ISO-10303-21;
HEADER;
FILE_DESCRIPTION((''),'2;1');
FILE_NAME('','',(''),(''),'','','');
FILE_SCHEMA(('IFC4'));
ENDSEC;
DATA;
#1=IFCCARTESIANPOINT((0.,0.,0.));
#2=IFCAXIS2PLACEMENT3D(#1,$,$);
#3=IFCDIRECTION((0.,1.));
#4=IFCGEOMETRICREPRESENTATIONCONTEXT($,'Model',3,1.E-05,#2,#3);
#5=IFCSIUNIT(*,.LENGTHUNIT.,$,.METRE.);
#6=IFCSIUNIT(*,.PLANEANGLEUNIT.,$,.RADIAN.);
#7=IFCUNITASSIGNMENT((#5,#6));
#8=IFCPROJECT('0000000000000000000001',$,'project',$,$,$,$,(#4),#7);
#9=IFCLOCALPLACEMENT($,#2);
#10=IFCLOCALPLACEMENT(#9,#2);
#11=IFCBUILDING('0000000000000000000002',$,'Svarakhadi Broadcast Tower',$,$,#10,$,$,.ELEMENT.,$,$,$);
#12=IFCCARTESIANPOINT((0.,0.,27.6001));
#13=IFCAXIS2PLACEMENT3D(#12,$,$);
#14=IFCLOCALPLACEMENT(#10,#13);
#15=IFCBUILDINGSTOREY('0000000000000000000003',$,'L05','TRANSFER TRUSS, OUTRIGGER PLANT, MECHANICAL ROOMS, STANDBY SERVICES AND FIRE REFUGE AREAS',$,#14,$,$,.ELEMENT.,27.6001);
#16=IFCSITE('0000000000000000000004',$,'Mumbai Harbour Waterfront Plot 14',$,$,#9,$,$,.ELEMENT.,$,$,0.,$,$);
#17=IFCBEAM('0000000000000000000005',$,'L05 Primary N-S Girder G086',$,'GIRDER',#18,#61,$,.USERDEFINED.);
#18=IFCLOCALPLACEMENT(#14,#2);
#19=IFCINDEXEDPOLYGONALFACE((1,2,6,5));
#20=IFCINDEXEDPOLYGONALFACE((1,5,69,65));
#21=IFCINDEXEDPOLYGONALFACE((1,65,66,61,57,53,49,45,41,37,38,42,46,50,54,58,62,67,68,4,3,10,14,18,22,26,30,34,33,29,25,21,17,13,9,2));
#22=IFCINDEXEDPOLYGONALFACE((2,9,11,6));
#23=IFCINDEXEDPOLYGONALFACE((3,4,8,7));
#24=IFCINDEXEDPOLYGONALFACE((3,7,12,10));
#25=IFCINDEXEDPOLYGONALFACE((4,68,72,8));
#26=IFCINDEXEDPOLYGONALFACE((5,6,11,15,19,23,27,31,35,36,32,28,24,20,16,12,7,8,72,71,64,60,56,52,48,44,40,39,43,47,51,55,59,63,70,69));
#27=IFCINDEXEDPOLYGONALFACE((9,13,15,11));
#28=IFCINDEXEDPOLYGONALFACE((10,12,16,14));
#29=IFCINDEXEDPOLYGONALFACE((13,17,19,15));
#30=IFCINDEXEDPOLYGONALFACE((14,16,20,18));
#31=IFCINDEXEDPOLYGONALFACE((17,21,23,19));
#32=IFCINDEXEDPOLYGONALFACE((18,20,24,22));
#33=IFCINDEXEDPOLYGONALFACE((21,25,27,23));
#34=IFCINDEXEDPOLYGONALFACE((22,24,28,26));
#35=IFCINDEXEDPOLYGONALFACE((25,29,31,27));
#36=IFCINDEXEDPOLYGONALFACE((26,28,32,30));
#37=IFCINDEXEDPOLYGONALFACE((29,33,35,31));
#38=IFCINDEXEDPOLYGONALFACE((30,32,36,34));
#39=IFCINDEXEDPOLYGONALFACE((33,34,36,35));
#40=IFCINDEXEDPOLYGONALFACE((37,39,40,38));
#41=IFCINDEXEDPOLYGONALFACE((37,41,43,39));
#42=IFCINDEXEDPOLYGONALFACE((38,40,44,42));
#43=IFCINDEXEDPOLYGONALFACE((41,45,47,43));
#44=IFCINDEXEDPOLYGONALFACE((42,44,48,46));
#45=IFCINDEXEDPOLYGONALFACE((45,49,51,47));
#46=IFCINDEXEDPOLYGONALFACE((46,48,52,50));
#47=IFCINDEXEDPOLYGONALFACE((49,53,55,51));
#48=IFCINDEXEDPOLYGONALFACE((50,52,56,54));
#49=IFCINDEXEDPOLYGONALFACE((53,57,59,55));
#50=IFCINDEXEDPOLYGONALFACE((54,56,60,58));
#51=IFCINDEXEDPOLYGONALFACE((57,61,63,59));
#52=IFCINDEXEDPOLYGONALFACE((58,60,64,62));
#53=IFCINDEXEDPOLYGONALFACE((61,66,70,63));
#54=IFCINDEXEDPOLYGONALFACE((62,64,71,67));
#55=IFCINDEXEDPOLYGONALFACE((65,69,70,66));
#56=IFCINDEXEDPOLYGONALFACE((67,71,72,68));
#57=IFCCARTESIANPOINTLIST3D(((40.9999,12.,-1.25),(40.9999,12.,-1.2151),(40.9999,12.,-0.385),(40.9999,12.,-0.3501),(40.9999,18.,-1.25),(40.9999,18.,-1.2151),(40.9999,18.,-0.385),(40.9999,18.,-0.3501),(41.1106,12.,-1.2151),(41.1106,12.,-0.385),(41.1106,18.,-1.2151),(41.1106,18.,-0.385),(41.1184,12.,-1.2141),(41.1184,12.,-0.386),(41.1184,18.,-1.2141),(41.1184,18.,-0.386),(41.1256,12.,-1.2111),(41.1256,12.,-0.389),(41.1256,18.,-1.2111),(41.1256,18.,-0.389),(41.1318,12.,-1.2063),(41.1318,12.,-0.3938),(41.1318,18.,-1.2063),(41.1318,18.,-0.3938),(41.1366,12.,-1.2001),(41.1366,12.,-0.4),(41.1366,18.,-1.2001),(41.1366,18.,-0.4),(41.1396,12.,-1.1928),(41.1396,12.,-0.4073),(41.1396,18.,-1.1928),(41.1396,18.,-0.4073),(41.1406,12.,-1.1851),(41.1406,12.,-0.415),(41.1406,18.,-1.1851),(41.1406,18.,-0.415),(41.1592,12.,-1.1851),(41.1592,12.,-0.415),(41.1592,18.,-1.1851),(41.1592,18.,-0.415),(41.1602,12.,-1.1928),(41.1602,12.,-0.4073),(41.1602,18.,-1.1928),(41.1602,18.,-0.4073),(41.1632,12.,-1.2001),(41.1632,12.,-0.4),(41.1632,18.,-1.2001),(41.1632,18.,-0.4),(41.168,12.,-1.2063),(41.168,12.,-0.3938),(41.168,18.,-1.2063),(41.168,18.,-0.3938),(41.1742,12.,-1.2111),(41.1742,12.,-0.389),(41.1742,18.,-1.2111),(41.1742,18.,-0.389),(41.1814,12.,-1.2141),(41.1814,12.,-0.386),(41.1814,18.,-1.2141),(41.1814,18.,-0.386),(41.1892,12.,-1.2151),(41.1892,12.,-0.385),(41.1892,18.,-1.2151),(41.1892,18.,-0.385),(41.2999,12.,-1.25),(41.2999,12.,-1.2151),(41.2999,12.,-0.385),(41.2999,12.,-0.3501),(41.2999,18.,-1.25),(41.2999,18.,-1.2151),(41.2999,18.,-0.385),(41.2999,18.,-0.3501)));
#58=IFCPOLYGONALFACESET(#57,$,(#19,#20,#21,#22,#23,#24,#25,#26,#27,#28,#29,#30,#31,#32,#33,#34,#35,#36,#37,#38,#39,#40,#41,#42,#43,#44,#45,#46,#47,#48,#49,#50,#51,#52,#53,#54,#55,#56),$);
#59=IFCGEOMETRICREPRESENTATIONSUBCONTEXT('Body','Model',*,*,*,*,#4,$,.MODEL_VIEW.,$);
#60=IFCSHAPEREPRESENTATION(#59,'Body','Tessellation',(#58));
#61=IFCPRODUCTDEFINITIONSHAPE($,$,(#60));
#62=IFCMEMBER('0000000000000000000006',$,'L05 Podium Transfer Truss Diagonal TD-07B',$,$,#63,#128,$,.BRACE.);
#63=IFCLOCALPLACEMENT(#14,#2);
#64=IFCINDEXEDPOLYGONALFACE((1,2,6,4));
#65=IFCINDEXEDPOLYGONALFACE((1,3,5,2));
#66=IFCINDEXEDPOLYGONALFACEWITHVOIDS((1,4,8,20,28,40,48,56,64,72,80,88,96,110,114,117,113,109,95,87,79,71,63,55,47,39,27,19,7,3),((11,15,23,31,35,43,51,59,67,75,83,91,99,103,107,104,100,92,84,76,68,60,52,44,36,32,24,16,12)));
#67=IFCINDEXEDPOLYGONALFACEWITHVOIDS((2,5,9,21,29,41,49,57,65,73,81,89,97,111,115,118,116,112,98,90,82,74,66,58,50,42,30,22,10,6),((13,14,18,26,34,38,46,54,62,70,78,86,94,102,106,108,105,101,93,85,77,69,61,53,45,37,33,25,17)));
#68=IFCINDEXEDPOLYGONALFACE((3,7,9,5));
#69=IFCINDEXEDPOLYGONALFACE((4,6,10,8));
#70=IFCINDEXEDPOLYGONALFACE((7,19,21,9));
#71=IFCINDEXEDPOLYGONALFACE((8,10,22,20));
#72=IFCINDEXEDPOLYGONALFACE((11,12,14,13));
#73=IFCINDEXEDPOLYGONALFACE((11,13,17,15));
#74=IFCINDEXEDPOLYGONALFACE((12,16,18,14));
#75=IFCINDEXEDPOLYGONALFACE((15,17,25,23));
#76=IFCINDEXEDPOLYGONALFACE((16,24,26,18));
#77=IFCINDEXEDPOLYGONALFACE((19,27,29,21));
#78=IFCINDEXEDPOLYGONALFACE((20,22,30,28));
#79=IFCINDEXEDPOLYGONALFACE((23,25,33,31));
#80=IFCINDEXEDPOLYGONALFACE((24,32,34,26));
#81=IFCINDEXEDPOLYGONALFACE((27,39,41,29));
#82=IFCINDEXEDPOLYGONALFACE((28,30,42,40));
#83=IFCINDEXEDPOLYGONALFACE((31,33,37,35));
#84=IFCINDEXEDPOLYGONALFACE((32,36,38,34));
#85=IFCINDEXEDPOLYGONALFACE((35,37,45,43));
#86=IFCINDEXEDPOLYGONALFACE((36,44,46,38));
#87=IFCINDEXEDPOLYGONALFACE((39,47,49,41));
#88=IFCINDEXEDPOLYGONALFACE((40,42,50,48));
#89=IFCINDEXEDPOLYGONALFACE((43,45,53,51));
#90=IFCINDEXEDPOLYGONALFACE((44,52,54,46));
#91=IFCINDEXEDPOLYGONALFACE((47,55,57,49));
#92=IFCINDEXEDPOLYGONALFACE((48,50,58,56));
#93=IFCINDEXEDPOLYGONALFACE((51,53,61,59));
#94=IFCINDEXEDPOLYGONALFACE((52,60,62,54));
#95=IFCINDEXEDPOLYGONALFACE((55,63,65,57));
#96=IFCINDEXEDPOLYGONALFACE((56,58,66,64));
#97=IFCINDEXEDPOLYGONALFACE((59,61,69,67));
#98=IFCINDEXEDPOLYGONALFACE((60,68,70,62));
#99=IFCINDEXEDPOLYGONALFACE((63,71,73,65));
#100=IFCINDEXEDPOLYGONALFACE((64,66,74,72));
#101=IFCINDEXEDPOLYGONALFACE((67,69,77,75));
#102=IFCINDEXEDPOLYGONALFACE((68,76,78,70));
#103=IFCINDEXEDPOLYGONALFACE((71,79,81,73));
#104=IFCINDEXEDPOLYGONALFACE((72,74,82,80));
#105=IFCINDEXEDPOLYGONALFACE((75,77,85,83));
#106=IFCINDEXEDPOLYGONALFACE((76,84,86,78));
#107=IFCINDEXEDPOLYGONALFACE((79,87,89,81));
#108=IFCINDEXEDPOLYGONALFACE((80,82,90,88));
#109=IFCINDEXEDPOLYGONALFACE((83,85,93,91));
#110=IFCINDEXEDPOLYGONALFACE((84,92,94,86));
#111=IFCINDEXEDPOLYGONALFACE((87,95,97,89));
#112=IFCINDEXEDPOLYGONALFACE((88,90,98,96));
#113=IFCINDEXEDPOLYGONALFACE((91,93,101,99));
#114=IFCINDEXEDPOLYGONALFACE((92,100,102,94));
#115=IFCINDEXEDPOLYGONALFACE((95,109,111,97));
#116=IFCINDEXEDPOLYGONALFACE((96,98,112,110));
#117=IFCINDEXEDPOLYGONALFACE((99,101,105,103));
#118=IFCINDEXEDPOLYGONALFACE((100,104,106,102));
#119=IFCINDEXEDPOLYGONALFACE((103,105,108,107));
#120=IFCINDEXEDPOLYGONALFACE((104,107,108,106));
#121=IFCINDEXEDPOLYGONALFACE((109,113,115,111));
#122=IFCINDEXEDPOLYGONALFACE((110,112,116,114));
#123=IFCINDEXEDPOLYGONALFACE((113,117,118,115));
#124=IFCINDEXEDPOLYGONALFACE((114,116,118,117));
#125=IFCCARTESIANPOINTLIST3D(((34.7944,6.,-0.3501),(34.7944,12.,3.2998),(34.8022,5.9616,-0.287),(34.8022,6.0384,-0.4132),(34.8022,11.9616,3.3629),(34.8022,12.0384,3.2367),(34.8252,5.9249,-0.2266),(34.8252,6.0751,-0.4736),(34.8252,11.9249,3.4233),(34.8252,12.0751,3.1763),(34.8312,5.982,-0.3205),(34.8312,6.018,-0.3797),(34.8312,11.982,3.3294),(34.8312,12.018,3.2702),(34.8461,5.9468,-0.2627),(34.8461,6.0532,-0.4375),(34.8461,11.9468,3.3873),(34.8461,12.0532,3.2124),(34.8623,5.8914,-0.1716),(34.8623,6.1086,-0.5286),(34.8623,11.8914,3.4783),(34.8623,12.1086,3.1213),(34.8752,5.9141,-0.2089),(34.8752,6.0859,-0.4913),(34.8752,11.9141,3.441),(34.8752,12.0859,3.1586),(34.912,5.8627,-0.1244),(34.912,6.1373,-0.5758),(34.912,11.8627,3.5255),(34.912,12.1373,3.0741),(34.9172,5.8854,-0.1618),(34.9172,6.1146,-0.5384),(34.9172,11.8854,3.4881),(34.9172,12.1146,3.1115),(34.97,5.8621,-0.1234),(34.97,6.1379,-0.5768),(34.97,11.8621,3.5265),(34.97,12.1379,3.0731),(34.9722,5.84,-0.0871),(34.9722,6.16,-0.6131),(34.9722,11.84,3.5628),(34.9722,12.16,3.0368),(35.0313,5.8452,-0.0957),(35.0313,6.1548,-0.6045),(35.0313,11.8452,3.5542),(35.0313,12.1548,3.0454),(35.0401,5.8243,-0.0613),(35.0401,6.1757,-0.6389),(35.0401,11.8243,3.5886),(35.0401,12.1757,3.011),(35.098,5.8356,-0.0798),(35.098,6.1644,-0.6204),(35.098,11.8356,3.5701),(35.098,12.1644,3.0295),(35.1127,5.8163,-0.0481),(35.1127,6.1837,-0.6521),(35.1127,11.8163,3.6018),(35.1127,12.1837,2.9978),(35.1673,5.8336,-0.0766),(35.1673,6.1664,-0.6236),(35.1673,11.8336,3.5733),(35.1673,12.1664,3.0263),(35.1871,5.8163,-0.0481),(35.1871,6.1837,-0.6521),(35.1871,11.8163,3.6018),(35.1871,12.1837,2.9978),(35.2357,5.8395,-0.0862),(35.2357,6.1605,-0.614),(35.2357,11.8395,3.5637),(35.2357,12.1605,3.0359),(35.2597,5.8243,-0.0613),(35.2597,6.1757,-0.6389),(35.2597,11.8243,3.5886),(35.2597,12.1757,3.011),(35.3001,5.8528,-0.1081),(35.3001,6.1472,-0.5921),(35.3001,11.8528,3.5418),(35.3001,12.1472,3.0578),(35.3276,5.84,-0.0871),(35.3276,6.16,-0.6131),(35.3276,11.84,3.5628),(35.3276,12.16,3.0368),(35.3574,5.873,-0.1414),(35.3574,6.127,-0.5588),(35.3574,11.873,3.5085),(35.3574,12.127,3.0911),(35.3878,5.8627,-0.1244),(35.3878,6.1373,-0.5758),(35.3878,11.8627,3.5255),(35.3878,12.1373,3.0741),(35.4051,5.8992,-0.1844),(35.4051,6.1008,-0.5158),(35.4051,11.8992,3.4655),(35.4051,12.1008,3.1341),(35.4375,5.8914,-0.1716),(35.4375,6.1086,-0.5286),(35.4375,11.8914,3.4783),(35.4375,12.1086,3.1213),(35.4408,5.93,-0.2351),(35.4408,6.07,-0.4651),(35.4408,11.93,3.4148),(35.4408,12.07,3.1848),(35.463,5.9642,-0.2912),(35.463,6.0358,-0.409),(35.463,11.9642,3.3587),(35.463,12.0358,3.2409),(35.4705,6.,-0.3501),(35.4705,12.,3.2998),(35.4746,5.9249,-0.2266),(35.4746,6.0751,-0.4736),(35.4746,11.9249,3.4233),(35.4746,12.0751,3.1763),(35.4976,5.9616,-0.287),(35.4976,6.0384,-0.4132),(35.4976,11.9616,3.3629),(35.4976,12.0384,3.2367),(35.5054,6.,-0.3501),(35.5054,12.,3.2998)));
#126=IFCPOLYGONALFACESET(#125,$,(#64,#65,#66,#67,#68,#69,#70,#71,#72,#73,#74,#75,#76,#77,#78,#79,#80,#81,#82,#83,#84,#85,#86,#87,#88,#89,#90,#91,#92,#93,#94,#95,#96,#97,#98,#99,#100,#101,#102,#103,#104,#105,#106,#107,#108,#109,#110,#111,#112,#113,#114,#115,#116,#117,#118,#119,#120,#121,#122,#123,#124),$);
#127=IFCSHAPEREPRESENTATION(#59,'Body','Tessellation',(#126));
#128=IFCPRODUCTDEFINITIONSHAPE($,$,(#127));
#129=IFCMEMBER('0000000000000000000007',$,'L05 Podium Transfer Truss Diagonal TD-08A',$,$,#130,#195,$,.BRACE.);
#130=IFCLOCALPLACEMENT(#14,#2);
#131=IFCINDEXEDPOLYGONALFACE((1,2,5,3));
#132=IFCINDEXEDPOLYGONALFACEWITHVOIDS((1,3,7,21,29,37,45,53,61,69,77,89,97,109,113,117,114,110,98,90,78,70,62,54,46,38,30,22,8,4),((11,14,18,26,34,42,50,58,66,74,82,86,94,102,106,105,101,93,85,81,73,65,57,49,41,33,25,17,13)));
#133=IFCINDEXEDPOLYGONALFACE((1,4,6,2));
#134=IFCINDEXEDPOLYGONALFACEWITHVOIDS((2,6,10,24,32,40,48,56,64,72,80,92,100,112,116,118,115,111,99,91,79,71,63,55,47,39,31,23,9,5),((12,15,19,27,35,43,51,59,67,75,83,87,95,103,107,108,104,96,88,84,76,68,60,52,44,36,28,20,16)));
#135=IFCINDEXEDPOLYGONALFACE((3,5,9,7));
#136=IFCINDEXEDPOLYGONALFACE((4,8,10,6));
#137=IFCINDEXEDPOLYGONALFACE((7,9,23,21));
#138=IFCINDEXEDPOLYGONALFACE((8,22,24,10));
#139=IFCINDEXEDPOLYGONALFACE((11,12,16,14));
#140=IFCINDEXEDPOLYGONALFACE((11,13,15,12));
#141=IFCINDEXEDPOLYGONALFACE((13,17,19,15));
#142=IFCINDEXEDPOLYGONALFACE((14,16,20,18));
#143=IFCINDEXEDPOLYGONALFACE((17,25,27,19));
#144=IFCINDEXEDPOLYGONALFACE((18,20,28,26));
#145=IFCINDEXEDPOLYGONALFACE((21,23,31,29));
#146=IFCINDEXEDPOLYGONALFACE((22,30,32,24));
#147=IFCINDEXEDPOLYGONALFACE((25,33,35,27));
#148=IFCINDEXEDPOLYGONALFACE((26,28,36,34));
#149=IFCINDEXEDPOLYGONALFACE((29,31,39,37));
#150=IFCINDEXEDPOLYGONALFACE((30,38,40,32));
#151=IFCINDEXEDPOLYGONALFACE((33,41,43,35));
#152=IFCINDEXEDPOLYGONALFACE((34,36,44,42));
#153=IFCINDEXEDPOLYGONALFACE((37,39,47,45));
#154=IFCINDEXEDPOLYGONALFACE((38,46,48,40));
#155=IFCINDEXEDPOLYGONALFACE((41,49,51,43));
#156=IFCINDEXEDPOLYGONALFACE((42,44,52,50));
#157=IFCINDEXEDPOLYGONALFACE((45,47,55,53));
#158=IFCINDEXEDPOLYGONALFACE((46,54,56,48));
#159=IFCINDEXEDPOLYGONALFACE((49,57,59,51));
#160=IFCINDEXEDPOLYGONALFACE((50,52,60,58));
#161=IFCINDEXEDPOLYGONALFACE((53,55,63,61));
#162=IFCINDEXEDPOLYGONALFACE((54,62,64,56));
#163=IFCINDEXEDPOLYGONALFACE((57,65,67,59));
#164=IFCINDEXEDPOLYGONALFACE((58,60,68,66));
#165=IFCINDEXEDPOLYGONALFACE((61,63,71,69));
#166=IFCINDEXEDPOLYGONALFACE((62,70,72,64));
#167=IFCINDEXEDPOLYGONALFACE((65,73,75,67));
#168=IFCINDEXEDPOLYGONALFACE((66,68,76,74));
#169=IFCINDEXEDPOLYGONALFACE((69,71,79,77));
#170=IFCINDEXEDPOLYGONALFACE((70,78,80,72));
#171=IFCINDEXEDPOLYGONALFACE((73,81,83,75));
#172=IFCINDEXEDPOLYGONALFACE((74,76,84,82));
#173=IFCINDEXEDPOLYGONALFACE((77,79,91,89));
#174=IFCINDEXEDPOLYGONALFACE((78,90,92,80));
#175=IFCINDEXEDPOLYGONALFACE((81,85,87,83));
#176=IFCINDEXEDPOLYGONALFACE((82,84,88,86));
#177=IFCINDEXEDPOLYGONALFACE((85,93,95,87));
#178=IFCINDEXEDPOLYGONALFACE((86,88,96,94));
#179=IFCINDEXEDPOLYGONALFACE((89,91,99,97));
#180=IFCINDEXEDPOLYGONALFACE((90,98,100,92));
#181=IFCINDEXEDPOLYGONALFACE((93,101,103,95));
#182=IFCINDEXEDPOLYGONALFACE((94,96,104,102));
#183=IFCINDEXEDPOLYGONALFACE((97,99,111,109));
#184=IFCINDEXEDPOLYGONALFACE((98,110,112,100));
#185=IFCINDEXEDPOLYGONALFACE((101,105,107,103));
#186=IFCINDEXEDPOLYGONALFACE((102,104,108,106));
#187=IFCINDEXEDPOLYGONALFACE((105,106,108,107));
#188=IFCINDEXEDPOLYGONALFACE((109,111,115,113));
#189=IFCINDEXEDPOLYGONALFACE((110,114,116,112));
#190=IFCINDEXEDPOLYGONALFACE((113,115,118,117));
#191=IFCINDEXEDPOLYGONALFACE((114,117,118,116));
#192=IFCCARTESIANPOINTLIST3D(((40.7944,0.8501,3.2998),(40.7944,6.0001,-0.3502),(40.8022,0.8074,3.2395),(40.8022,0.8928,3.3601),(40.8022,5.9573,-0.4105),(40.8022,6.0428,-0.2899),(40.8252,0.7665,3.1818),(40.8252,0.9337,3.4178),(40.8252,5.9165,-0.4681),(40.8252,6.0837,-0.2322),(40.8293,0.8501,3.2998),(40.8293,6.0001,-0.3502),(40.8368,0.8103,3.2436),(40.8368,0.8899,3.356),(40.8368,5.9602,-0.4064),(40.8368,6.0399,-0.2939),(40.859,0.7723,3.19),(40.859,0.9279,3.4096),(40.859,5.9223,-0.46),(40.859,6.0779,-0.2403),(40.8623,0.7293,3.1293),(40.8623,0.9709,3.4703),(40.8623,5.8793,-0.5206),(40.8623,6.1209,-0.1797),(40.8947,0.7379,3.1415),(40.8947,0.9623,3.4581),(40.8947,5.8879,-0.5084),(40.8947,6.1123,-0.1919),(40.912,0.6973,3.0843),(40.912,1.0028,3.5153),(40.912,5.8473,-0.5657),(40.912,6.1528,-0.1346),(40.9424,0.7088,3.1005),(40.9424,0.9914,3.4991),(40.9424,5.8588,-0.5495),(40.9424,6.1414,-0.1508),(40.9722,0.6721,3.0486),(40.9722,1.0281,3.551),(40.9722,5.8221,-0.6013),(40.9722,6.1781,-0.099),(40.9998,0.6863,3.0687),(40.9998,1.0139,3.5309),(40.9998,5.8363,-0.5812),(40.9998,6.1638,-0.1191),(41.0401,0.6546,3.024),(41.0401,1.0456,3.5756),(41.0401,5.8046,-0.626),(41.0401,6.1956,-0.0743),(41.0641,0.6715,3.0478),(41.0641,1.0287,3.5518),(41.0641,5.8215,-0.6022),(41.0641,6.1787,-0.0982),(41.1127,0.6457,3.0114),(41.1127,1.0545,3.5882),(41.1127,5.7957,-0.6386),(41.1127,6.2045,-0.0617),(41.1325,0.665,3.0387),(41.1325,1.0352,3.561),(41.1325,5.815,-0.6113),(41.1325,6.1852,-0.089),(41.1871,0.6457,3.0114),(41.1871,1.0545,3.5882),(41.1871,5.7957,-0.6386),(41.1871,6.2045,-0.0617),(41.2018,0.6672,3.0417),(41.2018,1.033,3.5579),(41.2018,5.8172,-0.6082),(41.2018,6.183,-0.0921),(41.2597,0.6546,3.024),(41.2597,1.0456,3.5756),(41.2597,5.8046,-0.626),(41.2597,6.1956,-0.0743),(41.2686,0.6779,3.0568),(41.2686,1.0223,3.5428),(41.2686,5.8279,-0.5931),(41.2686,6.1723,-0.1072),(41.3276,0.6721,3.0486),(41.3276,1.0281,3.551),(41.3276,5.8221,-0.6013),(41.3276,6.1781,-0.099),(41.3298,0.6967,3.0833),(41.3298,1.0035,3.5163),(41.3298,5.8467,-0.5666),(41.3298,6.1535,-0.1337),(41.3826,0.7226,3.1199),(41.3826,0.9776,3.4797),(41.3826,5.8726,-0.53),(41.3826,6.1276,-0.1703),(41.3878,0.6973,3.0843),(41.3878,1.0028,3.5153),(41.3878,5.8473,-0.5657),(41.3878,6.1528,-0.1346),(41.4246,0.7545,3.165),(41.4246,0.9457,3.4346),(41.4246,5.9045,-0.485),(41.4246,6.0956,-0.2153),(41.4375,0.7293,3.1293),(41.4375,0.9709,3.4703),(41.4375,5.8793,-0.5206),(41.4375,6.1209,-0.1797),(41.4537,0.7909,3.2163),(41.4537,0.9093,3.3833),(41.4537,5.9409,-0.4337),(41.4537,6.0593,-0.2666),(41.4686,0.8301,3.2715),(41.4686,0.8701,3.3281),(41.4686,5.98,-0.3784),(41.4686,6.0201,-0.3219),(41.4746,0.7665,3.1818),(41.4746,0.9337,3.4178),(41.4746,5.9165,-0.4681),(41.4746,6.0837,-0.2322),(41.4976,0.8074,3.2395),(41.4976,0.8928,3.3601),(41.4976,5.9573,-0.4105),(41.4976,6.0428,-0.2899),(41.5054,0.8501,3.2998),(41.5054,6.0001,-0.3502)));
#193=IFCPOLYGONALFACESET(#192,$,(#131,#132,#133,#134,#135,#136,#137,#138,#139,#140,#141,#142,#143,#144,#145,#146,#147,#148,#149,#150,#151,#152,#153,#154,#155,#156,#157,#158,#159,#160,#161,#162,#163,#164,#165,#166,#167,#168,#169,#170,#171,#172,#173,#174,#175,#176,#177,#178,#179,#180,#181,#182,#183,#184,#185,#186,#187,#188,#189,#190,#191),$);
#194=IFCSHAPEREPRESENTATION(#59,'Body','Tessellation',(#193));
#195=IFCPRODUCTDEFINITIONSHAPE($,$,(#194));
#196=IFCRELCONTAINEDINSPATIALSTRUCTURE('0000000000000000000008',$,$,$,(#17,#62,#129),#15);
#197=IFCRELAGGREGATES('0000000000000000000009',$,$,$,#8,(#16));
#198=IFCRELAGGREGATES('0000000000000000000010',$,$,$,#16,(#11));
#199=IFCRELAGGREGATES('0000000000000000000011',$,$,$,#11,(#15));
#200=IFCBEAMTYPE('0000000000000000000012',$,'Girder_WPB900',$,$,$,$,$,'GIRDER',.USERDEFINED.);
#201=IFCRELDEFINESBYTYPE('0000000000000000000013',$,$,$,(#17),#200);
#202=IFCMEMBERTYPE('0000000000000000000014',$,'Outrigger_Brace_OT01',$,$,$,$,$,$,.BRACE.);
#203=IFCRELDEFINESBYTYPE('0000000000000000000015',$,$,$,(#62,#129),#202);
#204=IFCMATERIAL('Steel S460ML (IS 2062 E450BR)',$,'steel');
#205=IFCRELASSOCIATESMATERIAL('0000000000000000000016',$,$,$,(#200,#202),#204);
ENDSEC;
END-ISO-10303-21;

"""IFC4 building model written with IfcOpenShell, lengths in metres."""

from ifc_helpers import new_model, si_unit, direction, frame, origin, origin_2d, place, context, subcontext, project, spatial, hollow_circle, i_section, extrude, material, material_profile, profile_set, type_object, element, save


model = new_model("IFC4")

# Units and contexts
model_context = context("Model", 3, precision=1e-05, world=origin(), true_north=direction((0.0, 1.0)))
body_context = subcontext(model_context, "Body", "Model", "MODEL_VIEW")
ifc_project = project(units=[si_unit("LENGTHUNIT", "METRE"), si_unit("PLANEANGLEUNIT", "RADIAN")], contexts=[model_context])

# Site, building, storey
site_placement = place(None, origin())
site = spatial("IfcSite", under=ifc_project, at=site_placement, Name="Mumbai Harbour Waterfront Plot 14", CompositionType="ELEMENT", RefElevation=0.0)
building_placement = place(site_placement, origin())
building = spatial("IfcBuilding", under=site, at=building_placement, Name="Svarakhadi Broadcast Tower", CompositionType="ELEMENT")
storey_placement = place(building_placement, frame((0.0, 0.0, 27.6001)))
storey = spatial("IfcBuildingStorey", under=building, at=storey_placement, Name="L05", Description="TRANSFER TRUSS, OUTRIGGER PLANT, MECHANICAL ROOMS, STANDBY SERVICES AND FIRE REFUGE AREAS", CompositionType="ELEMENT", Elevation=27.6001)

# Shared definitions
ifc_material_1 = material(Name="Steel S460ML (IS 2062 E450BR)", Category="steel")

# Beam
ifc_material_profile_1 = material_profile(ifc_material_1, i_section(OverallWidth=0.3, OverallDepth=0.8999, WebThickness=0.0186, FlangeThickness=0.0349, FilletRadius=0.03, at=origin_2d()), Name="WPB 900x300x291")
ifc_profile_set_1 = profile_set([ifc_material_profile_1], Name="Steel S460ML (IS 2062 E450BR)")
beam_type_1 = type_object("IfcBeamType", Name="Girder_WPB900", ElementType="GIRDER", PredefinedType="USERDEFINED", material=ifc_profile_set_1)
for number, where, z_axis, x_axis, name in (
    (1, (41.1499, 12.0, -0.8), (0.0, 1.0, 0.0), (-1.0, 0.0, 0.0), "L05 Primary N-S Girder G086"),
):
    element("IfcBeam", number, at=place(storey_placement, frame(where, z_axis=z_axis, x_axis=x_axis)), inside=storey, type_object=beam_type_1, Name=name, ObjectType="GIRDER", PredefinedType="USERDEFINED", context=body_context, shape_type="SweptSolid", body=[
        extrude(i_section(OverallWidth=0.3, OverallDepth=0.8999, WebThickness=0.0186, FlangeThickness=0.0349, FilletRadius=0.03, at=origin_2d()), origin(), (0.0, 0.0, 1.0), 6.0),
    ])

# Members
ifc_material_profile_2 = material_profile(ifc_material_1, hollow_circle(Radius=0.3555, WallThickness=0.0349, at=origin_2d()), Name="CHS 711x35")
ifc_profile_set_2 = profile_set([ifc_material_profile_2], Name="Steel S460ML (IS 2062 E450BR)")
member_type_1 = type_object("IfcMemberType", Name="Outrigger_Brace_OT01", PredefinedType="BRACE", material=ifc_profile_set_2)
member_1_placement = place(storey_placement, frame((35.1499, 12.0, 3.2998), z_axis=(0.0, -0.854342, -0.519711), x_axis=(1.0, 0.0, 0.0)))
element("IfcMember", 2, at=member_1_placement, inside=storey, type_object=member_type_1, Name="L05 Podium Transfer Truss Diagonal TD-07B", PredefinedType="BRACE", context=body_context, shape_type="SweptSolid", body=[
    extrude(hollow_circle(Radius=0.3555, WallThickness=0.0349, at=origin_2d()), origin(), (0.0, 0.0, 1.0), 7.0229),
])
member_2_placement = place(storey_placement, frame((41.1499, 0.8501, 3.2998), z_axis=(0.0, 0.815871, -0.578234), x_axis=(-1.0, 0.0, 0.0)))
element("IfcMember", 3, at=member_2_placement, inside=storey, type_object=member_type_1, Name="L05 Podium Transfer Truss Diagonal TD-08A", PredefinedType="BRACE", context=body_context, shape_type="SweptSolid", body=[
    extrude(hollow_circle(Radius=0.3555, WallThickness=0.0349, at=origin_2d()), origin(), (0.0, 0.0, 1.0), 6.3123),
])

save(model, "model.ifc")
